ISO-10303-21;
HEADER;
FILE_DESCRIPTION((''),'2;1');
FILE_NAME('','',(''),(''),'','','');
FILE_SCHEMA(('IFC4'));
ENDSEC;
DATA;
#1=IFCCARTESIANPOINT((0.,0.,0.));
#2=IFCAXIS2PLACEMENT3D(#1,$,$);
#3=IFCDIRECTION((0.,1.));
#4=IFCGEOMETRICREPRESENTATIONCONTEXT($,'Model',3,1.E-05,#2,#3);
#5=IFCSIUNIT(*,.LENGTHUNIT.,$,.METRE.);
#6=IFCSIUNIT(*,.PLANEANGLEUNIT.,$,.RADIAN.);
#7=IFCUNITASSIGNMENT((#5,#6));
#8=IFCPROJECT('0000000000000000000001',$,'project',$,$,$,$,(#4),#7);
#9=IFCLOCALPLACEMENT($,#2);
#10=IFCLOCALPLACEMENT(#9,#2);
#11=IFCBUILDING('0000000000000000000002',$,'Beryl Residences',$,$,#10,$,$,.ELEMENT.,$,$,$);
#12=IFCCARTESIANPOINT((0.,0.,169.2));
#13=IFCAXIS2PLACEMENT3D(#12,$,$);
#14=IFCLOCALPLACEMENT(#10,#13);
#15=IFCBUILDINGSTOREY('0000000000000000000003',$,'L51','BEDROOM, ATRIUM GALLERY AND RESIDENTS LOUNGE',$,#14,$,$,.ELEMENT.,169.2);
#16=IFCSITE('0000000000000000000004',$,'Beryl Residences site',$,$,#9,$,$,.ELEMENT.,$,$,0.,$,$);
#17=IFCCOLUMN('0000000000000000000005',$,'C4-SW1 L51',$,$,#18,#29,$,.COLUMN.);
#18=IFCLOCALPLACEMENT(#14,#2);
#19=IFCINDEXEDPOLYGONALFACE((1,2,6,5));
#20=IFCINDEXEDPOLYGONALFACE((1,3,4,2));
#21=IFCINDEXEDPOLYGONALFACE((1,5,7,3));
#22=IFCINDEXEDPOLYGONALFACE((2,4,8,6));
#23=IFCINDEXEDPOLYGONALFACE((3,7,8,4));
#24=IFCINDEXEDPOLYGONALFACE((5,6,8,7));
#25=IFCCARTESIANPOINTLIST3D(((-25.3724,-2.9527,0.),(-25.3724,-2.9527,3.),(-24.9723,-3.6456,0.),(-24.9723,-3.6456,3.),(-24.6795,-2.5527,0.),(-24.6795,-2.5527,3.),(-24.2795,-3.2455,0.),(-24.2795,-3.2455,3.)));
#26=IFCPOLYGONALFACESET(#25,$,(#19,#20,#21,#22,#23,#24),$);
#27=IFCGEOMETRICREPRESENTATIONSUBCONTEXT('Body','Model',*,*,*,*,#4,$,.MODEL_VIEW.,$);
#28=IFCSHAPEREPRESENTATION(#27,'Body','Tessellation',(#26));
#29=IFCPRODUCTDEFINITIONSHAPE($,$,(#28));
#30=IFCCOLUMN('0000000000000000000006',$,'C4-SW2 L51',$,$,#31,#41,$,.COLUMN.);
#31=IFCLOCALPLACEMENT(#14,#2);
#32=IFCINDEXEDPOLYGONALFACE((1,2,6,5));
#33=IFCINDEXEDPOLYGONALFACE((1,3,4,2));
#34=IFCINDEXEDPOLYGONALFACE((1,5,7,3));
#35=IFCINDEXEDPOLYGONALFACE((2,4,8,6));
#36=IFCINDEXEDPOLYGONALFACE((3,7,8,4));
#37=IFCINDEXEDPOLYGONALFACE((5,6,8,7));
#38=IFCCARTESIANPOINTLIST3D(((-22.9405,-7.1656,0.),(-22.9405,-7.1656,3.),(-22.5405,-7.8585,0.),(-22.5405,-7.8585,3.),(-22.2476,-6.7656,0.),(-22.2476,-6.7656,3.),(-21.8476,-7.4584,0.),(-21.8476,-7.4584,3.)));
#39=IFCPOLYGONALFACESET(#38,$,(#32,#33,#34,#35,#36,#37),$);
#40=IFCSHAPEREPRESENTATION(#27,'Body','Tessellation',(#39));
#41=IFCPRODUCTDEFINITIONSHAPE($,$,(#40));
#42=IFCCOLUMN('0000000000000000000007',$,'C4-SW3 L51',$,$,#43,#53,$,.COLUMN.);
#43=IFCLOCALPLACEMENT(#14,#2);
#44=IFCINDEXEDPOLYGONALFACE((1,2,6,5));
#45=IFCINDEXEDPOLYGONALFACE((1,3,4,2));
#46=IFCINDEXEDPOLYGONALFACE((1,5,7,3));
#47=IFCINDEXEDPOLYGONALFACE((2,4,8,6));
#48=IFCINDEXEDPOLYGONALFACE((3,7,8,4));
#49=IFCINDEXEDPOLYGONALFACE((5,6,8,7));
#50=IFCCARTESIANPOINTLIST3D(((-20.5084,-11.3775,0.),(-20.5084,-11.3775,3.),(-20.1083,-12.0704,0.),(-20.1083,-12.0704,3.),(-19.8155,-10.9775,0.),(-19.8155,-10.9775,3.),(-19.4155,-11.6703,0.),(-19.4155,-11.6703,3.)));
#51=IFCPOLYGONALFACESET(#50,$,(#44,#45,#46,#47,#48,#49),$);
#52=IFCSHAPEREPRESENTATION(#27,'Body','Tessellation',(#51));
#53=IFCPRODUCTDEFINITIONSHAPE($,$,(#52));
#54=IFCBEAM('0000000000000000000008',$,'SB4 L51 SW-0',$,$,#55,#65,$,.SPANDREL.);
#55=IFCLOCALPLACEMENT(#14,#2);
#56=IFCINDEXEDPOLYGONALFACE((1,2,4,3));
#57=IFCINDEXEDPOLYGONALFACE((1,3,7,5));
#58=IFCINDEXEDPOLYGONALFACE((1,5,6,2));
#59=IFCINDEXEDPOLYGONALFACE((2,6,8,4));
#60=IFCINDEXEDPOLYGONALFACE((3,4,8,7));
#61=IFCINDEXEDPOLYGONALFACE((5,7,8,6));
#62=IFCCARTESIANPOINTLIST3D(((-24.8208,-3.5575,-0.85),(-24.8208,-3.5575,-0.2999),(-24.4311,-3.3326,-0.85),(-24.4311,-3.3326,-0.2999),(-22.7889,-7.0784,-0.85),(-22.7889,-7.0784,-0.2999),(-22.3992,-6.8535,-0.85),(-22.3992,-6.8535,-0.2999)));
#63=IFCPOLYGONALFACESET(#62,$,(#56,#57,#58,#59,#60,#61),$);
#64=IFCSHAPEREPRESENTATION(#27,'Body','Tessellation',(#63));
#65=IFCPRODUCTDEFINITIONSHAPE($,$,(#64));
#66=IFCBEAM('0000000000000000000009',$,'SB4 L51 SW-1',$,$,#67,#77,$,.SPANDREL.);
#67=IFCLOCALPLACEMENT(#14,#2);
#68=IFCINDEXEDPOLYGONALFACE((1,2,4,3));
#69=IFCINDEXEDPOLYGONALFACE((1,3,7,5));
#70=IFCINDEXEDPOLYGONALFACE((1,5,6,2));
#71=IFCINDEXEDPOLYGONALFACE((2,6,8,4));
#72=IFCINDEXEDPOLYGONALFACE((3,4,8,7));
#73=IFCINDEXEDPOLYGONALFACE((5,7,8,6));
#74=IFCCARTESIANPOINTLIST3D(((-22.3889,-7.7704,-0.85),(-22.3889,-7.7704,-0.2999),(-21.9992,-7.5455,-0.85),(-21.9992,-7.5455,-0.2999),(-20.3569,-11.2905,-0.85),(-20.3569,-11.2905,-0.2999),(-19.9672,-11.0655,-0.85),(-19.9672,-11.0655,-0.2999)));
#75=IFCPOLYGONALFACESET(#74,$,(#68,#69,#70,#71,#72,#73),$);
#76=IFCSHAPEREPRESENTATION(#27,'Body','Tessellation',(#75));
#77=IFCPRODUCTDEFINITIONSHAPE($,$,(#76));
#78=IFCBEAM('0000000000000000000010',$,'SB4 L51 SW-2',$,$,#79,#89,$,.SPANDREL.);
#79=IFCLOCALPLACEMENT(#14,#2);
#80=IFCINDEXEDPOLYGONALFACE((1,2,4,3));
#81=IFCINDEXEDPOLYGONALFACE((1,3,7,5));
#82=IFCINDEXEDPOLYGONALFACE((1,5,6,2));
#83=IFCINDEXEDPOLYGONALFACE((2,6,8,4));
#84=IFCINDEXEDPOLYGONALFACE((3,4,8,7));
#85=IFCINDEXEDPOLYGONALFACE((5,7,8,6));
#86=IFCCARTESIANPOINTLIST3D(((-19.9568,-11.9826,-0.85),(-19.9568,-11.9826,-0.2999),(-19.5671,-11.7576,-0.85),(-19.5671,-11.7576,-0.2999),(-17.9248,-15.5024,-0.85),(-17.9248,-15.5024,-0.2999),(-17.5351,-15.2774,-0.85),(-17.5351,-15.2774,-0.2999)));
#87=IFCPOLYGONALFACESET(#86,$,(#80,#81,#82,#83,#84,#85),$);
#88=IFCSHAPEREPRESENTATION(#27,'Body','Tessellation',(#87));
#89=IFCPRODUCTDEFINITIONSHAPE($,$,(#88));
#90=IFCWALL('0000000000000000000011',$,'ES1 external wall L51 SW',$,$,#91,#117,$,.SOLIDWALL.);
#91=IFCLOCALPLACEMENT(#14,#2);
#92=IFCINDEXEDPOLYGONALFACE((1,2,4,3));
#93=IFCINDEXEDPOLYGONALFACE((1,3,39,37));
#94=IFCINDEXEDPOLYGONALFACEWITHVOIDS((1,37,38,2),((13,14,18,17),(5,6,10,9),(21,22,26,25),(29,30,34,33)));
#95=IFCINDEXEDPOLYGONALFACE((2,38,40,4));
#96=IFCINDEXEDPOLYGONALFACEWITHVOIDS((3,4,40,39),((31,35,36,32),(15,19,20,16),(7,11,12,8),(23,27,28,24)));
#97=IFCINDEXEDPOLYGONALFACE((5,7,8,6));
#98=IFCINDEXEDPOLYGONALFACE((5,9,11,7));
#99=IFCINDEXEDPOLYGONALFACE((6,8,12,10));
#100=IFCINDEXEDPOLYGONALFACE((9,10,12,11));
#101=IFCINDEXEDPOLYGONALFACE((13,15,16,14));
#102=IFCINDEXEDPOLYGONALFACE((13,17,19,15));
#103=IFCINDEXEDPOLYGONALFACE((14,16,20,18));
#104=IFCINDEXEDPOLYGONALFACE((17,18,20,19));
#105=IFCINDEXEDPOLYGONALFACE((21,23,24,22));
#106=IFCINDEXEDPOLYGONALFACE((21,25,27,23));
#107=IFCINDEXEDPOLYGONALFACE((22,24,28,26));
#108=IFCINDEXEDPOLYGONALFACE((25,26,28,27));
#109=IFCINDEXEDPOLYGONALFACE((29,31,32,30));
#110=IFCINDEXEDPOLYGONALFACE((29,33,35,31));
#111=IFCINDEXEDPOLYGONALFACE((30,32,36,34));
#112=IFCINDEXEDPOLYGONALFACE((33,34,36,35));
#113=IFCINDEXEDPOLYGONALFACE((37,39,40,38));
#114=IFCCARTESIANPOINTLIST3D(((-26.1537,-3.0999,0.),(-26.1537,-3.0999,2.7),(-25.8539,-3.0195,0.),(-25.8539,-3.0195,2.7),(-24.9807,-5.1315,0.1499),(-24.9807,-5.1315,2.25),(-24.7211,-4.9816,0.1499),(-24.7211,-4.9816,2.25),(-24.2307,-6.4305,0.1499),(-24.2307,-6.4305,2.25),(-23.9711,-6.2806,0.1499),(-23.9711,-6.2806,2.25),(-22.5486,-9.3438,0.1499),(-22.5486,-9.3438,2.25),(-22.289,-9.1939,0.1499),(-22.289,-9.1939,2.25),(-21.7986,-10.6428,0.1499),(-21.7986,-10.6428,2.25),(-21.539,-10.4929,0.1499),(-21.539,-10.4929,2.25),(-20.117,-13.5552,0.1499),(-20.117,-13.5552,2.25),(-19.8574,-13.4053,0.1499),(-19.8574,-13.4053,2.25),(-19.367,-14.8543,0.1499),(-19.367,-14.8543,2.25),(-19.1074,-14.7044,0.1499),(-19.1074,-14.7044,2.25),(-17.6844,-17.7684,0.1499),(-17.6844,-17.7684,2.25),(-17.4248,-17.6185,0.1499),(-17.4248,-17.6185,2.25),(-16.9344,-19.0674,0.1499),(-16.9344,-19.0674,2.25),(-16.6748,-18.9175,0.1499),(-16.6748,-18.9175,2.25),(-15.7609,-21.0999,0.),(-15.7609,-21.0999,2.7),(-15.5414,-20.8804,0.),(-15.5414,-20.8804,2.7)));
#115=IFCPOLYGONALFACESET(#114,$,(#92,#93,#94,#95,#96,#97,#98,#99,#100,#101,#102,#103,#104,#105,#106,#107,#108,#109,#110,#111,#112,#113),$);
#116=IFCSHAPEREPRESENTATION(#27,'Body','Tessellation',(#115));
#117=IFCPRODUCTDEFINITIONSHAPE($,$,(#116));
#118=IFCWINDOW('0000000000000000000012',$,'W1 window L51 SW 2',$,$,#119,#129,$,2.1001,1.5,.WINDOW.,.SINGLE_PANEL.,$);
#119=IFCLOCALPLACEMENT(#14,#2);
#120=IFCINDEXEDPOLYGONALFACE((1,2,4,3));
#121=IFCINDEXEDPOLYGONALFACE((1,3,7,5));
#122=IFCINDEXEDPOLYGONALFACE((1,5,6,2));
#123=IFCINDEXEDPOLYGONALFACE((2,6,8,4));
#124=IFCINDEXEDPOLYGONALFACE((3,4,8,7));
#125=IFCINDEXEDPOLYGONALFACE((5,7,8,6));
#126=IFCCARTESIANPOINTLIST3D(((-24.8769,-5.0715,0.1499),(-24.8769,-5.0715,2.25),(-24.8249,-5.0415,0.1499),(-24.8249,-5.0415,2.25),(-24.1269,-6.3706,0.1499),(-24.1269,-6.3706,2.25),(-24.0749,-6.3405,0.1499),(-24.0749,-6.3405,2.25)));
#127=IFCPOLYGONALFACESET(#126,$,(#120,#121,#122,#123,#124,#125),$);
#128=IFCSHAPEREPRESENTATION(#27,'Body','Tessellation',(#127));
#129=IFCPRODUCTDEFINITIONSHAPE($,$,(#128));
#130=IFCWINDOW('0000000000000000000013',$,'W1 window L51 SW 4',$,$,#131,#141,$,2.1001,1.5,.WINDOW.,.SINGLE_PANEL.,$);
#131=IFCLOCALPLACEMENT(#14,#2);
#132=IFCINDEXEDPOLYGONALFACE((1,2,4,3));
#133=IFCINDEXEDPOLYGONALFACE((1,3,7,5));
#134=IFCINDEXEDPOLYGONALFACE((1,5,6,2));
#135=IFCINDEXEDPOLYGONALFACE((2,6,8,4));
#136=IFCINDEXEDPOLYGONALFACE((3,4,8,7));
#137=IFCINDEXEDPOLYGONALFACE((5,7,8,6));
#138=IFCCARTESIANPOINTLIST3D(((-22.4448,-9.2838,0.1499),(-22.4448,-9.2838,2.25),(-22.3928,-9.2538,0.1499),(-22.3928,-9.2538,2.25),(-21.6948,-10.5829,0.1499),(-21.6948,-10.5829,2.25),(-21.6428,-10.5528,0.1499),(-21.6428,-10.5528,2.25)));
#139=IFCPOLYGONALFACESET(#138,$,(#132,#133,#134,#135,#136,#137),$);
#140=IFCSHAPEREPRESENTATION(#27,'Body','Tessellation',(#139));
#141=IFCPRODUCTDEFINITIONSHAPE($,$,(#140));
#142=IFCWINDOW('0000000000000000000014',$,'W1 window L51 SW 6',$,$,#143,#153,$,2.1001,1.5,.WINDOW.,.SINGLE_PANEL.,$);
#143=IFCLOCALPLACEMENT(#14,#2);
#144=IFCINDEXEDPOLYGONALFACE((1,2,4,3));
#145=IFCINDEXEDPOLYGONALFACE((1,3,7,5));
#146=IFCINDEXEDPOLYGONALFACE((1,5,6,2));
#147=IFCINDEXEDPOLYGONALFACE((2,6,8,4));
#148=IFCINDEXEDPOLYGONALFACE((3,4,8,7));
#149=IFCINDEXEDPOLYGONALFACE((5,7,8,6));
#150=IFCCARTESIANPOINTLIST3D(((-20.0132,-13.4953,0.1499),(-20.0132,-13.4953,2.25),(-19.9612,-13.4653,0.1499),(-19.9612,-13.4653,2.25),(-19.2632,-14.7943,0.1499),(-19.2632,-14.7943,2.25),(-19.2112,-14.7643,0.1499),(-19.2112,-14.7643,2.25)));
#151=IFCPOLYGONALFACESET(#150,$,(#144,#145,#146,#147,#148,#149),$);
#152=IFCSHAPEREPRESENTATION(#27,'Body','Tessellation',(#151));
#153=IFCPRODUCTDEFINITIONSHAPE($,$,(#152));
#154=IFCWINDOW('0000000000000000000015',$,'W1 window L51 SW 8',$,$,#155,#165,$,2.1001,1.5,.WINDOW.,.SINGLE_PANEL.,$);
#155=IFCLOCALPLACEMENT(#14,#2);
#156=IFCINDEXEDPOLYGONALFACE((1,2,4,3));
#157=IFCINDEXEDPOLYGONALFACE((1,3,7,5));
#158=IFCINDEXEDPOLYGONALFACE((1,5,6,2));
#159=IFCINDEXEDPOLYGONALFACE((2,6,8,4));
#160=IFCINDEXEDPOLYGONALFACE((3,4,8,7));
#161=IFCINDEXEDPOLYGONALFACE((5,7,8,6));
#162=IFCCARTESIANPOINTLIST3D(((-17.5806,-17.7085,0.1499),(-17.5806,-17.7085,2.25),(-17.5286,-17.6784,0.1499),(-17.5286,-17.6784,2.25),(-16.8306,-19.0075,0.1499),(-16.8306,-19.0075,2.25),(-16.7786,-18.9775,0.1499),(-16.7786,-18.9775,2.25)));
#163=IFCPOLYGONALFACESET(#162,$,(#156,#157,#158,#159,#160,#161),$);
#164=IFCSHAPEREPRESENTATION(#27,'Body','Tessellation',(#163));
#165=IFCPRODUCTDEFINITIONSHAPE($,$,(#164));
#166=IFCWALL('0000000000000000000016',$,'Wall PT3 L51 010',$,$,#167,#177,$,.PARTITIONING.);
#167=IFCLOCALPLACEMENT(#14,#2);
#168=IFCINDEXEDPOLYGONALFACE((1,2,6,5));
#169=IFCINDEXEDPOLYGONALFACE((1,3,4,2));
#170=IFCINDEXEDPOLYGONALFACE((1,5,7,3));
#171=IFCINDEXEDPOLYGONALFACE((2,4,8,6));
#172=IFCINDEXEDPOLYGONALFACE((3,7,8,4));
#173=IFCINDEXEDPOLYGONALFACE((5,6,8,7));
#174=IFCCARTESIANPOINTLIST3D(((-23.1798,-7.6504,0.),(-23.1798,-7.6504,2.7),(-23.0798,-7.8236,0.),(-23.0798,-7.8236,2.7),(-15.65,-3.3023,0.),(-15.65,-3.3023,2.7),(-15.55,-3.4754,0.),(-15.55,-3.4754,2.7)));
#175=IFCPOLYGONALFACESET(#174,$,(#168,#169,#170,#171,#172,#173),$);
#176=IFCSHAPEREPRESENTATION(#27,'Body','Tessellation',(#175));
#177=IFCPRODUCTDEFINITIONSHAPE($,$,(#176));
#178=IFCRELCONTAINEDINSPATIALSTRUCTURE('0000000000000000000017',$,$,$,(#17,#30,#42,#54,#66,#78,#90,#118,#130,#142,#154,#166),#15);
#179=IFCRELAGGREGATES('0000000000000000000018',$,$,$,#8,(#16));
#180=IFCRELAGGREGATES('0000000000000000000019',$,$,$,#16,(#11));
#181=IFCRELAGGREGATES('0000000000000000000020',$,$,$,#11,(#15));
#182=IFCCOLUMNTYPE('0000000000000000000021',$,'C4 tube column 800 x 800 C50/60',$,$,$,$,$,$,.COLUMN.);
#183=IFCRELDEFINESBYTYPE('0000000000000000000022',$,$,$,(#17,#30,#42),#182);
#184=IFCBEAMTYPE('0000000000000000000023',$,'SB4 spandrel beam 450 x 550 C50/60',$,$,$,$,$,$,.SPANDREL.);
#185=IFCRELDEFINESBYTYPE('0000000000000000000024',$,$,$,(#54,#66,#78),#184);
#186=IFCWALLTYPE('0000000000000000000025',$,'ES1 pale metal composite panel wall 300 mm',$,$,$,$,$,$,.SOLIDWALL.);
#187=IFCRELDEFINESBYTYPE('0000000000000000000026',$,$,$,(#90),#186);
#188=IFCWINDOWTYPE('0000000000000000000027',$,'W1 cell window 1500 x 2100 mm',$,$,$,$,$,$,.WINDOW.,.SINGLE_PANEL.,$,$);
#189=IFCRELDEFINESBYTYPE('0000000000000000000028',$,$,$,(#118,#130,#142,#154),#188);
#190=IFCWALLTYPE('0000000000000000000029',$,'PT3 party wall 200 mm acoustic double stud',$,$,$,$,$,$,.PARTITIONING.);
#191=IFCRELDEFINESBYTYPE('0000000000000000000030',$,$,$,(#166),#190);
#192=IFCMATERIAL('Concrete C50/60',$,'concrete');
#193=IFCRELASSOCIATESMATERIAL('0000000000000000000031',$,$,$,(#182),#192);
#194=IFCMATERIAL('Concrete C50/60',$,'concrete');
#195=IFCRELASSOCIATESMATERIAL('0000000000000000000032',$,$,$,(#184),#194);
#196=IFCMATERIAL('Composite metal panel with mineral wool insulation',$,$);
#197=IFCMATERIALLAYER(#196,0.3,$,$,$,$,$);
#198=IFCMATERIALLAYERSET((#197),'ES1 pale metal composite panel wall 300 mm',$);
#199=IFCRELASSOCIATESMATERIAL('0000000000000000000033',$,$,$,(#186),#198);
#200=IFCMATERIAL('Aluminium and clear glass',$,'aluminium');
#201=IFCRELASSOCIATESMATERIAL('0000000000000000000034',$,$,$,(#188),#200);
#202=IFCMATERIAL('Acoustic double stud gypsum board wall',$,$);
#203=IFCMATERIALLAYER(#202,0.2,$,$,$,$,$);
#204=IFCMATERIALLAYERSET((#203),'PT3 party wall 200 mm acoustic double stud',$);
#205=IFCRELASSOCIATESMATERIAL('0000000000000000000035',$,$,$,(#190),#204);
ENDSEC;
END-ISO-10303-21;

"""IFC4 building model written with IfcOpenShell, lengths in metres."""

from ifc_helpers import new_model, si_unit, direction, frame, frame_2d, origin, origin_2d, place, context, subcontext, project, spatial, polyline, rectangle, outline, extrude, material, layer, layer_set, material_profile, profile_set, type_object, element, fill, save


model = new_model("IFC4")

# Units and contexts
model_context = context("Model", 3, precision=1e-05, world=origin(), true_north=direction((0.0, 1.0)))
body_context = subcontext(model_context, "Body", "Model", "MODEL_VIEW")
ifc_project = project(units=[si_unit("LENGTHUNIT", "METRE"), si_unit("PLANEANGLEUNIT", "RADIAN")], contexts=[model_context])

# Site, building, storey
site_placement = place(None, origin())
site = spatial("IfcSite", under=ifc_project, at=site_placement, Name="Beryl Residences site", CompositionType="ELEMENT", RefElevation=0.0)
building_placement = place(site_placement, origin())
building = spatial("IfcBuilding", under=site, at=building_placement, Name="Beryl Residences", CompositionType="ELEMENT")
storey_placement = place(building_placement, frame((0.0, 0.0, 169.2)))
storey = spatial("IfcBuildingStorey", under=building, at=storey_placement, Name="L51", Description="BEDROOM, ATRIUM GALLERY AND RESIDENTS LOUNGE", CompositionType="ELEMENT", Elevation=169.2)

# Columns
ifc_material_1 = material(Name="Concrete C50/60", Category="concrete")
ifc_material_profile_1 = material_profile(ifc_material_1, rectangle(XDim=0.8, YDim=0.8, at=origin_2d()))
ifc_profile_set_1 = profile_set([ifc_material_profile_1], Name="Concrete C50/60")
column_type = type_object("IfcColumnType", Name="C4 tube column 800 x 800 C50/60", PredefinedType="COLUMN", material=ifc_profile_set_1)
for number, where, z_axis, x_axis, name in (
    (1, (-24.8259, -3.0991, 0.0), (0.0, 0.0, 1.0), (0.5, -0.866025, 0.0), "C4-SW1 L51"),
    (2, (-22.394, -7.312, 0.0), (0.0, 0.0, 1.0), (0.5, -0.866025, 0.0), "C4-SW2 L51"),
    (3, (-19.9619, -11.5239, 0.0), (0.0, 0.0, 1.0), (0.5, -0.866025, 0.0), "C4-SW3 L51"),
):
    element("IfcColumn", number, at=place(storey_placement, frame(where, z_axis=z_axis, x_axis=x_axis)), inside=storey, type_object=column_type, Name=name, PredefinedType="COLUMN", context=body_context, shape_type="SweptSolid", body=[
        extrude(rectangle(XDim=0.8, YDim=0.8, at=origin_2d()), origin(), (0.0, 0.0, 1.0), 3.0),
    ])

# Beams
ifc_material_2 = material(Name="Concrete C50/60", Category="concrete")
ifc_material_profile_2 = material_profile(ifc_material_2, rectangle(XDim=0.45, YDim=0.55, at=origin_2d()))
ifc_profile_set_2 = profile_set([ifc_material_profile_2], Name="Concrete C50/60")
beam_type = type_object("IfcBeamType", Name="SB4 spandrel beam 450 x 550 C50/60", PredefinedType="SPANDREL", material=ifc_profile_set_2)
beam_1_placement = place(storey_placement, frame((-24.626, -3.4451, -0.575), z_axis=(0.49984, -0.866118, 0.0), x_axis=(0.866118, 0.49984, 0.0)))
element("IfcBeam", 4, at=beam_1_placement, inside=storey, type_object=beam_type, Name="SB4 L51 SW-0", PredefinedType="SPANDREL", context=body_context, shape_type="SweptSolid", body=[
    extrude(rectangle(XDim=0.45, YDim=0.55, at=origin_2d()), origin(), (0.0, 0.0, 1.0), 4.0652),
])
beam_2_placement = place(storey_placement, frame((-22.1941, -7.658, -0.575), z_axis=(0.499944, -0.866058, 0.0), x_axis=(0.866058, 0.499944, 0.0)))
element("IfcBeam", 5, at=beam_2_placement, inside=storey, type_object=beam_type, Name="SB4 L51 SW-1", PredefinedType="SPANDREL", context=body_context, shape_type="SweptSolid", body=[
    extrude(rectangle(XDim=0.45, YDim=0.55, at=origin_2d()), origin(), (0.0, 0.0, 1.0), 4.0645),
])
beam_3_placement = place(storey_placement, frame((-19.762, -11.8701, -0.575), z_axis=(0.49997, -0.866043, 0.0), x_axis=(0.866043, 0.49997, 0.0)))
element("IfcBeam", 6, at=beam_3_placement, inside=storey, type_object=beam_type, Name="SB4 L51 SW-2", PredefinedType="SPANDREL", context=body_context, shape_type="SweptSolid", body=[
    extrude(rectangle(XDim=0.45, YDim=0.55, at=origin_2d()), origin(), (0.0, 0.0, 1.0), 4.0642),
])

# Wall, openings, windows
ifc_material_3 = material(Name="Composite metal panel with mineral wool insulation")
ifc_layer_1 = layer(ifc_material_3, 0.3)
ifc_layer_set_1 = layer_set([ifc_layer_1], Name="ES1 pale metal composite panel wall 300 mm")
wall_type_1 = type_object("IfcWallType", Name="ES1 pale metal composite panel wall 300 mm", PredefinedType="SOLIDWALL", material=ifc_layer_set_1)
wall_1_placement = place(storey_placement, frame((-26.0239, -3.0249, 0.0), z_axis=(0.0, 0.0, 1.0), x_axis=(0.500019, -0.866015, 0.0)))
wall_1 = element("IfcWall", 7, at=wall_1_placement, inside=storey, type_object=wall_type_1, Name="ES1 external wall L51 SW", PredefinedType="SOLIDWALL", context=body_context, shape_type="SweptSolid", body=[
    extrude(outline(polyline([(0.0, -0.1499), (20.7849, -0.1499), (20.7046, 0.1499), (0.0803, 0.1499), (0.0, -0.1499)])), origin(), (0.0, 0.0, 1.0), 2.7),
])
opening_1_placement = place(wall_1_placement, frame((2.3459, 0.0, 0.1499)))
opening_1 = element("IfcOpeningElement", 8, at=opening_1_placement, cuts=wall_1, PredefinedType="OPENING", context=body_context, shape_type="SweptSolid", body=[
    extrude(rectangle(XDim=1.5, YDim=2.1001, at=frame_2d((0.75, 1.05))), frame((0.0, 0.1599, 0.0), z_axis=(0.0, -1.0, 0.0), x_axis=(1.0, 0.0, 0.0)), (0.0, 0.0, 1.0), 0.3201),
])
opening_2_placement = place(wall_1_placement, frame((7.21, 0.0, 0.1499)))
opening_2 = element("IfcOpeningElement", 9, at=opening_2_placement, cuts=wall_1, PredefinedType="OPENING", context=body_context, shape_type="SweptSolid", body=[
    extrude(rectangle(XDim=1.5, YDim=2.1001, at=frame_2d((0.75, 1.05))), frame((0.0, 0.1599, 0.0), z_axis=(0.0, -1.0, 0.0), x_axis=(1.0, 0.0, 0.0)), (0.0, 0.0, 1.0), 0.3201),
])
opening_3_placement = place(wall_1_placement, frame((12.073, 0.0, 0.1499)))
opening_3 = element("IfcOpeningElement", 10, at=opening_3_placement, cuts=wall_1, PredefinedType="OPENING", context=body_context, shape_type="SweptSolid", body=[
    extrude(rectangle(XDim=1.5, YDim=2.1001, at=frame_2d((0.75, 1.05))), frame((0.0, 0.1599, 0.0), z_axis=(0.0, -1.0, 0.0), x_axis=(1.0, 0.0, 0.0)), (0.0, 0.0, 1.0), 0.3201),
])
opening_4_placement = place(wall_1_placement, frame((16.938, 0.0, 0.1499)))
opening_4 = element("IfcOpeningElement", 11, at=opening_4_placement, cuts=wall_1, PredefinedType="OPENING", context=body_context, shape_type="SweptSolid", body=[
    extrude(rectangle(XDim=1.5, YDim=2.1001, at=frame_2d((0.75, 1.05))), frame((0.0, 0.1599, 0.0), z_axis=(0.0, -1.0, 0.0), x_axis=(1.0, 0.0, 0.0)), (0.0, 0.0, 1.0), 0.3201),
])
ifc_material_4 = material(Name="Aluminium and clear glass", Category="aluminium")
window_type = type_object("IfcWindowType", Name="W1 cell window 1500 x 2100 mm", PartitioningType="SINGLE_PANEL", PredefinedType="WINDOW", material=ifc_material_4)
window_1_placement = place(opening_1_placement, origin())
window_1 = element("IfcWindow", 12, at=window_1_placement, inside=storey, type_object=window_type, Name="W1 window L51 SW 2", OverallHeight=2.1001, OverallWidth=1.5, PartitioningType="SINGLE_PANEL", PredefinedType="WINDOW", context=body_context, shape_type="SweptSolid", body=[
    extrude(rectangle(XDim=1.5, YDim=2.1001, at=frame_2d((0.75, 1.05))), frame((0.0, 0.03, 0.0), z_axis=(0.0, -1.0, 0.0), x_axis=(1.0, 0.0, 0.0)), (0.0, 0.0, 1.0), 0.0601),
])
fill(opening_1, window_1)
window_2_placement = place(opening_2_placement, origin())
window_2 = element("IfcWindow", 13, at=window_2_placement, inside=storey, type_object=window_type, Name="W1 window L51 SW 4", OverallHeight=2.1001, OverallWidth=1.5, PartitioningType="SINGLE_PANEL", PredefinedType="WINDOW", context=body_context, shape_type="SweptSolid", body=[
    extrude(rectangle(XDim=1.5, YDim=2.1001, at=frame_2d((0.75, 1.05))), frame((0.0, 0.03, 0.0), z_axis=(0.0, -1.0, 0.0), x_axis=(1.0, 0.0, 0.0)), (0.0, 0.0, 1.0), 0.0601),
])
fill(opening_2, window_2)
window_3_placement = place(opening_3_placement, origin())
window_3 = element("IfcWindow", 14, at=window_3_placement, inside=storey, type_object=window_type, Name="W1 window L51 SW 6", OverallHeight=2.1001, OverallWidth=1.5, PartitioningType="SINGLE_PANEL", PredefinedType="WINDOW", context=body_context, shape_type="SweptSolid", body=[
    extrude(rectangle(XDim=1.5, YDim=2.1001, at=frame_2d((0.75, 1.05))), frame((0.0, 0.03, 0.0), z_axis=(0.0, -1.0, 0.0), x_axis=(1.0, 0.0, 0.0)), (0.0, 0.0, 1.0), 0.0601),
])
fill(opening_3, window_3)
window_4_placement = place(opening_4_placement, origin())
window_4 = element("IfcWindow", 15, at=window_4_placement, inside=storey, type_object=window_type, Name="W1 window L51 SW 8", OverallHeight=2.1001, OverallWidth=1.5, PartitioningType="SINGLE_PANEL", PredefinedType="WINDOW", context=body_context, shape_type="SweptSolid", body=[
    extrude(rectangle(XDim=1.5, YDim=2.1001, at=frame_2d((0.75, 1.05))), frame((0.0, 0.03, 0.0), z_axis=(0.0, -1.0, 0.0), x_axis=(1.0, 0.0, 0.0)), (0.0, 0.0, 1.0), 0.0601),
])
fill(opening_4, window_4)

# Wall
ifc_material_5 = material(Name="Acoustic double stud gypsum board wall")
ifc_layer_2 = layer(ifc_material_5, 0.2)
ifc_layer_set_2 = layer_set([ifc_layer_2], Name="PT3 party wall 200 mm acoustic double stud")
wall_type_2 = type_object("IfcWallType", Name="PT3 party wall 200 mm acoustic double stud", PredefinedType="PARTITIONING", material=ifc_layer_set_2)
wall_2_placement = place(storey_placement, frame((-23.1299, -7.7371, 0.0), z_axis=(0.0, 0.0, 1.0), x_axis=(0.865985, 0.500071, 0.0)))
element("IfcWall", 16, at=wall_2_placement, inside=storey, type_object=wall_type_2, Name="Wall PT3 L51 010", PredefinedType="PARTITIONING", context=body_context, shape_type="SweptSolid", body=[
    extrude(rectangle(XDim=8.6951, YDim=0.2, at=frame_2d((4.3477, 0.0))), origin(), (0.0, 0.0, 1.0), 2.7),
])

save(model, "model.ifc")
